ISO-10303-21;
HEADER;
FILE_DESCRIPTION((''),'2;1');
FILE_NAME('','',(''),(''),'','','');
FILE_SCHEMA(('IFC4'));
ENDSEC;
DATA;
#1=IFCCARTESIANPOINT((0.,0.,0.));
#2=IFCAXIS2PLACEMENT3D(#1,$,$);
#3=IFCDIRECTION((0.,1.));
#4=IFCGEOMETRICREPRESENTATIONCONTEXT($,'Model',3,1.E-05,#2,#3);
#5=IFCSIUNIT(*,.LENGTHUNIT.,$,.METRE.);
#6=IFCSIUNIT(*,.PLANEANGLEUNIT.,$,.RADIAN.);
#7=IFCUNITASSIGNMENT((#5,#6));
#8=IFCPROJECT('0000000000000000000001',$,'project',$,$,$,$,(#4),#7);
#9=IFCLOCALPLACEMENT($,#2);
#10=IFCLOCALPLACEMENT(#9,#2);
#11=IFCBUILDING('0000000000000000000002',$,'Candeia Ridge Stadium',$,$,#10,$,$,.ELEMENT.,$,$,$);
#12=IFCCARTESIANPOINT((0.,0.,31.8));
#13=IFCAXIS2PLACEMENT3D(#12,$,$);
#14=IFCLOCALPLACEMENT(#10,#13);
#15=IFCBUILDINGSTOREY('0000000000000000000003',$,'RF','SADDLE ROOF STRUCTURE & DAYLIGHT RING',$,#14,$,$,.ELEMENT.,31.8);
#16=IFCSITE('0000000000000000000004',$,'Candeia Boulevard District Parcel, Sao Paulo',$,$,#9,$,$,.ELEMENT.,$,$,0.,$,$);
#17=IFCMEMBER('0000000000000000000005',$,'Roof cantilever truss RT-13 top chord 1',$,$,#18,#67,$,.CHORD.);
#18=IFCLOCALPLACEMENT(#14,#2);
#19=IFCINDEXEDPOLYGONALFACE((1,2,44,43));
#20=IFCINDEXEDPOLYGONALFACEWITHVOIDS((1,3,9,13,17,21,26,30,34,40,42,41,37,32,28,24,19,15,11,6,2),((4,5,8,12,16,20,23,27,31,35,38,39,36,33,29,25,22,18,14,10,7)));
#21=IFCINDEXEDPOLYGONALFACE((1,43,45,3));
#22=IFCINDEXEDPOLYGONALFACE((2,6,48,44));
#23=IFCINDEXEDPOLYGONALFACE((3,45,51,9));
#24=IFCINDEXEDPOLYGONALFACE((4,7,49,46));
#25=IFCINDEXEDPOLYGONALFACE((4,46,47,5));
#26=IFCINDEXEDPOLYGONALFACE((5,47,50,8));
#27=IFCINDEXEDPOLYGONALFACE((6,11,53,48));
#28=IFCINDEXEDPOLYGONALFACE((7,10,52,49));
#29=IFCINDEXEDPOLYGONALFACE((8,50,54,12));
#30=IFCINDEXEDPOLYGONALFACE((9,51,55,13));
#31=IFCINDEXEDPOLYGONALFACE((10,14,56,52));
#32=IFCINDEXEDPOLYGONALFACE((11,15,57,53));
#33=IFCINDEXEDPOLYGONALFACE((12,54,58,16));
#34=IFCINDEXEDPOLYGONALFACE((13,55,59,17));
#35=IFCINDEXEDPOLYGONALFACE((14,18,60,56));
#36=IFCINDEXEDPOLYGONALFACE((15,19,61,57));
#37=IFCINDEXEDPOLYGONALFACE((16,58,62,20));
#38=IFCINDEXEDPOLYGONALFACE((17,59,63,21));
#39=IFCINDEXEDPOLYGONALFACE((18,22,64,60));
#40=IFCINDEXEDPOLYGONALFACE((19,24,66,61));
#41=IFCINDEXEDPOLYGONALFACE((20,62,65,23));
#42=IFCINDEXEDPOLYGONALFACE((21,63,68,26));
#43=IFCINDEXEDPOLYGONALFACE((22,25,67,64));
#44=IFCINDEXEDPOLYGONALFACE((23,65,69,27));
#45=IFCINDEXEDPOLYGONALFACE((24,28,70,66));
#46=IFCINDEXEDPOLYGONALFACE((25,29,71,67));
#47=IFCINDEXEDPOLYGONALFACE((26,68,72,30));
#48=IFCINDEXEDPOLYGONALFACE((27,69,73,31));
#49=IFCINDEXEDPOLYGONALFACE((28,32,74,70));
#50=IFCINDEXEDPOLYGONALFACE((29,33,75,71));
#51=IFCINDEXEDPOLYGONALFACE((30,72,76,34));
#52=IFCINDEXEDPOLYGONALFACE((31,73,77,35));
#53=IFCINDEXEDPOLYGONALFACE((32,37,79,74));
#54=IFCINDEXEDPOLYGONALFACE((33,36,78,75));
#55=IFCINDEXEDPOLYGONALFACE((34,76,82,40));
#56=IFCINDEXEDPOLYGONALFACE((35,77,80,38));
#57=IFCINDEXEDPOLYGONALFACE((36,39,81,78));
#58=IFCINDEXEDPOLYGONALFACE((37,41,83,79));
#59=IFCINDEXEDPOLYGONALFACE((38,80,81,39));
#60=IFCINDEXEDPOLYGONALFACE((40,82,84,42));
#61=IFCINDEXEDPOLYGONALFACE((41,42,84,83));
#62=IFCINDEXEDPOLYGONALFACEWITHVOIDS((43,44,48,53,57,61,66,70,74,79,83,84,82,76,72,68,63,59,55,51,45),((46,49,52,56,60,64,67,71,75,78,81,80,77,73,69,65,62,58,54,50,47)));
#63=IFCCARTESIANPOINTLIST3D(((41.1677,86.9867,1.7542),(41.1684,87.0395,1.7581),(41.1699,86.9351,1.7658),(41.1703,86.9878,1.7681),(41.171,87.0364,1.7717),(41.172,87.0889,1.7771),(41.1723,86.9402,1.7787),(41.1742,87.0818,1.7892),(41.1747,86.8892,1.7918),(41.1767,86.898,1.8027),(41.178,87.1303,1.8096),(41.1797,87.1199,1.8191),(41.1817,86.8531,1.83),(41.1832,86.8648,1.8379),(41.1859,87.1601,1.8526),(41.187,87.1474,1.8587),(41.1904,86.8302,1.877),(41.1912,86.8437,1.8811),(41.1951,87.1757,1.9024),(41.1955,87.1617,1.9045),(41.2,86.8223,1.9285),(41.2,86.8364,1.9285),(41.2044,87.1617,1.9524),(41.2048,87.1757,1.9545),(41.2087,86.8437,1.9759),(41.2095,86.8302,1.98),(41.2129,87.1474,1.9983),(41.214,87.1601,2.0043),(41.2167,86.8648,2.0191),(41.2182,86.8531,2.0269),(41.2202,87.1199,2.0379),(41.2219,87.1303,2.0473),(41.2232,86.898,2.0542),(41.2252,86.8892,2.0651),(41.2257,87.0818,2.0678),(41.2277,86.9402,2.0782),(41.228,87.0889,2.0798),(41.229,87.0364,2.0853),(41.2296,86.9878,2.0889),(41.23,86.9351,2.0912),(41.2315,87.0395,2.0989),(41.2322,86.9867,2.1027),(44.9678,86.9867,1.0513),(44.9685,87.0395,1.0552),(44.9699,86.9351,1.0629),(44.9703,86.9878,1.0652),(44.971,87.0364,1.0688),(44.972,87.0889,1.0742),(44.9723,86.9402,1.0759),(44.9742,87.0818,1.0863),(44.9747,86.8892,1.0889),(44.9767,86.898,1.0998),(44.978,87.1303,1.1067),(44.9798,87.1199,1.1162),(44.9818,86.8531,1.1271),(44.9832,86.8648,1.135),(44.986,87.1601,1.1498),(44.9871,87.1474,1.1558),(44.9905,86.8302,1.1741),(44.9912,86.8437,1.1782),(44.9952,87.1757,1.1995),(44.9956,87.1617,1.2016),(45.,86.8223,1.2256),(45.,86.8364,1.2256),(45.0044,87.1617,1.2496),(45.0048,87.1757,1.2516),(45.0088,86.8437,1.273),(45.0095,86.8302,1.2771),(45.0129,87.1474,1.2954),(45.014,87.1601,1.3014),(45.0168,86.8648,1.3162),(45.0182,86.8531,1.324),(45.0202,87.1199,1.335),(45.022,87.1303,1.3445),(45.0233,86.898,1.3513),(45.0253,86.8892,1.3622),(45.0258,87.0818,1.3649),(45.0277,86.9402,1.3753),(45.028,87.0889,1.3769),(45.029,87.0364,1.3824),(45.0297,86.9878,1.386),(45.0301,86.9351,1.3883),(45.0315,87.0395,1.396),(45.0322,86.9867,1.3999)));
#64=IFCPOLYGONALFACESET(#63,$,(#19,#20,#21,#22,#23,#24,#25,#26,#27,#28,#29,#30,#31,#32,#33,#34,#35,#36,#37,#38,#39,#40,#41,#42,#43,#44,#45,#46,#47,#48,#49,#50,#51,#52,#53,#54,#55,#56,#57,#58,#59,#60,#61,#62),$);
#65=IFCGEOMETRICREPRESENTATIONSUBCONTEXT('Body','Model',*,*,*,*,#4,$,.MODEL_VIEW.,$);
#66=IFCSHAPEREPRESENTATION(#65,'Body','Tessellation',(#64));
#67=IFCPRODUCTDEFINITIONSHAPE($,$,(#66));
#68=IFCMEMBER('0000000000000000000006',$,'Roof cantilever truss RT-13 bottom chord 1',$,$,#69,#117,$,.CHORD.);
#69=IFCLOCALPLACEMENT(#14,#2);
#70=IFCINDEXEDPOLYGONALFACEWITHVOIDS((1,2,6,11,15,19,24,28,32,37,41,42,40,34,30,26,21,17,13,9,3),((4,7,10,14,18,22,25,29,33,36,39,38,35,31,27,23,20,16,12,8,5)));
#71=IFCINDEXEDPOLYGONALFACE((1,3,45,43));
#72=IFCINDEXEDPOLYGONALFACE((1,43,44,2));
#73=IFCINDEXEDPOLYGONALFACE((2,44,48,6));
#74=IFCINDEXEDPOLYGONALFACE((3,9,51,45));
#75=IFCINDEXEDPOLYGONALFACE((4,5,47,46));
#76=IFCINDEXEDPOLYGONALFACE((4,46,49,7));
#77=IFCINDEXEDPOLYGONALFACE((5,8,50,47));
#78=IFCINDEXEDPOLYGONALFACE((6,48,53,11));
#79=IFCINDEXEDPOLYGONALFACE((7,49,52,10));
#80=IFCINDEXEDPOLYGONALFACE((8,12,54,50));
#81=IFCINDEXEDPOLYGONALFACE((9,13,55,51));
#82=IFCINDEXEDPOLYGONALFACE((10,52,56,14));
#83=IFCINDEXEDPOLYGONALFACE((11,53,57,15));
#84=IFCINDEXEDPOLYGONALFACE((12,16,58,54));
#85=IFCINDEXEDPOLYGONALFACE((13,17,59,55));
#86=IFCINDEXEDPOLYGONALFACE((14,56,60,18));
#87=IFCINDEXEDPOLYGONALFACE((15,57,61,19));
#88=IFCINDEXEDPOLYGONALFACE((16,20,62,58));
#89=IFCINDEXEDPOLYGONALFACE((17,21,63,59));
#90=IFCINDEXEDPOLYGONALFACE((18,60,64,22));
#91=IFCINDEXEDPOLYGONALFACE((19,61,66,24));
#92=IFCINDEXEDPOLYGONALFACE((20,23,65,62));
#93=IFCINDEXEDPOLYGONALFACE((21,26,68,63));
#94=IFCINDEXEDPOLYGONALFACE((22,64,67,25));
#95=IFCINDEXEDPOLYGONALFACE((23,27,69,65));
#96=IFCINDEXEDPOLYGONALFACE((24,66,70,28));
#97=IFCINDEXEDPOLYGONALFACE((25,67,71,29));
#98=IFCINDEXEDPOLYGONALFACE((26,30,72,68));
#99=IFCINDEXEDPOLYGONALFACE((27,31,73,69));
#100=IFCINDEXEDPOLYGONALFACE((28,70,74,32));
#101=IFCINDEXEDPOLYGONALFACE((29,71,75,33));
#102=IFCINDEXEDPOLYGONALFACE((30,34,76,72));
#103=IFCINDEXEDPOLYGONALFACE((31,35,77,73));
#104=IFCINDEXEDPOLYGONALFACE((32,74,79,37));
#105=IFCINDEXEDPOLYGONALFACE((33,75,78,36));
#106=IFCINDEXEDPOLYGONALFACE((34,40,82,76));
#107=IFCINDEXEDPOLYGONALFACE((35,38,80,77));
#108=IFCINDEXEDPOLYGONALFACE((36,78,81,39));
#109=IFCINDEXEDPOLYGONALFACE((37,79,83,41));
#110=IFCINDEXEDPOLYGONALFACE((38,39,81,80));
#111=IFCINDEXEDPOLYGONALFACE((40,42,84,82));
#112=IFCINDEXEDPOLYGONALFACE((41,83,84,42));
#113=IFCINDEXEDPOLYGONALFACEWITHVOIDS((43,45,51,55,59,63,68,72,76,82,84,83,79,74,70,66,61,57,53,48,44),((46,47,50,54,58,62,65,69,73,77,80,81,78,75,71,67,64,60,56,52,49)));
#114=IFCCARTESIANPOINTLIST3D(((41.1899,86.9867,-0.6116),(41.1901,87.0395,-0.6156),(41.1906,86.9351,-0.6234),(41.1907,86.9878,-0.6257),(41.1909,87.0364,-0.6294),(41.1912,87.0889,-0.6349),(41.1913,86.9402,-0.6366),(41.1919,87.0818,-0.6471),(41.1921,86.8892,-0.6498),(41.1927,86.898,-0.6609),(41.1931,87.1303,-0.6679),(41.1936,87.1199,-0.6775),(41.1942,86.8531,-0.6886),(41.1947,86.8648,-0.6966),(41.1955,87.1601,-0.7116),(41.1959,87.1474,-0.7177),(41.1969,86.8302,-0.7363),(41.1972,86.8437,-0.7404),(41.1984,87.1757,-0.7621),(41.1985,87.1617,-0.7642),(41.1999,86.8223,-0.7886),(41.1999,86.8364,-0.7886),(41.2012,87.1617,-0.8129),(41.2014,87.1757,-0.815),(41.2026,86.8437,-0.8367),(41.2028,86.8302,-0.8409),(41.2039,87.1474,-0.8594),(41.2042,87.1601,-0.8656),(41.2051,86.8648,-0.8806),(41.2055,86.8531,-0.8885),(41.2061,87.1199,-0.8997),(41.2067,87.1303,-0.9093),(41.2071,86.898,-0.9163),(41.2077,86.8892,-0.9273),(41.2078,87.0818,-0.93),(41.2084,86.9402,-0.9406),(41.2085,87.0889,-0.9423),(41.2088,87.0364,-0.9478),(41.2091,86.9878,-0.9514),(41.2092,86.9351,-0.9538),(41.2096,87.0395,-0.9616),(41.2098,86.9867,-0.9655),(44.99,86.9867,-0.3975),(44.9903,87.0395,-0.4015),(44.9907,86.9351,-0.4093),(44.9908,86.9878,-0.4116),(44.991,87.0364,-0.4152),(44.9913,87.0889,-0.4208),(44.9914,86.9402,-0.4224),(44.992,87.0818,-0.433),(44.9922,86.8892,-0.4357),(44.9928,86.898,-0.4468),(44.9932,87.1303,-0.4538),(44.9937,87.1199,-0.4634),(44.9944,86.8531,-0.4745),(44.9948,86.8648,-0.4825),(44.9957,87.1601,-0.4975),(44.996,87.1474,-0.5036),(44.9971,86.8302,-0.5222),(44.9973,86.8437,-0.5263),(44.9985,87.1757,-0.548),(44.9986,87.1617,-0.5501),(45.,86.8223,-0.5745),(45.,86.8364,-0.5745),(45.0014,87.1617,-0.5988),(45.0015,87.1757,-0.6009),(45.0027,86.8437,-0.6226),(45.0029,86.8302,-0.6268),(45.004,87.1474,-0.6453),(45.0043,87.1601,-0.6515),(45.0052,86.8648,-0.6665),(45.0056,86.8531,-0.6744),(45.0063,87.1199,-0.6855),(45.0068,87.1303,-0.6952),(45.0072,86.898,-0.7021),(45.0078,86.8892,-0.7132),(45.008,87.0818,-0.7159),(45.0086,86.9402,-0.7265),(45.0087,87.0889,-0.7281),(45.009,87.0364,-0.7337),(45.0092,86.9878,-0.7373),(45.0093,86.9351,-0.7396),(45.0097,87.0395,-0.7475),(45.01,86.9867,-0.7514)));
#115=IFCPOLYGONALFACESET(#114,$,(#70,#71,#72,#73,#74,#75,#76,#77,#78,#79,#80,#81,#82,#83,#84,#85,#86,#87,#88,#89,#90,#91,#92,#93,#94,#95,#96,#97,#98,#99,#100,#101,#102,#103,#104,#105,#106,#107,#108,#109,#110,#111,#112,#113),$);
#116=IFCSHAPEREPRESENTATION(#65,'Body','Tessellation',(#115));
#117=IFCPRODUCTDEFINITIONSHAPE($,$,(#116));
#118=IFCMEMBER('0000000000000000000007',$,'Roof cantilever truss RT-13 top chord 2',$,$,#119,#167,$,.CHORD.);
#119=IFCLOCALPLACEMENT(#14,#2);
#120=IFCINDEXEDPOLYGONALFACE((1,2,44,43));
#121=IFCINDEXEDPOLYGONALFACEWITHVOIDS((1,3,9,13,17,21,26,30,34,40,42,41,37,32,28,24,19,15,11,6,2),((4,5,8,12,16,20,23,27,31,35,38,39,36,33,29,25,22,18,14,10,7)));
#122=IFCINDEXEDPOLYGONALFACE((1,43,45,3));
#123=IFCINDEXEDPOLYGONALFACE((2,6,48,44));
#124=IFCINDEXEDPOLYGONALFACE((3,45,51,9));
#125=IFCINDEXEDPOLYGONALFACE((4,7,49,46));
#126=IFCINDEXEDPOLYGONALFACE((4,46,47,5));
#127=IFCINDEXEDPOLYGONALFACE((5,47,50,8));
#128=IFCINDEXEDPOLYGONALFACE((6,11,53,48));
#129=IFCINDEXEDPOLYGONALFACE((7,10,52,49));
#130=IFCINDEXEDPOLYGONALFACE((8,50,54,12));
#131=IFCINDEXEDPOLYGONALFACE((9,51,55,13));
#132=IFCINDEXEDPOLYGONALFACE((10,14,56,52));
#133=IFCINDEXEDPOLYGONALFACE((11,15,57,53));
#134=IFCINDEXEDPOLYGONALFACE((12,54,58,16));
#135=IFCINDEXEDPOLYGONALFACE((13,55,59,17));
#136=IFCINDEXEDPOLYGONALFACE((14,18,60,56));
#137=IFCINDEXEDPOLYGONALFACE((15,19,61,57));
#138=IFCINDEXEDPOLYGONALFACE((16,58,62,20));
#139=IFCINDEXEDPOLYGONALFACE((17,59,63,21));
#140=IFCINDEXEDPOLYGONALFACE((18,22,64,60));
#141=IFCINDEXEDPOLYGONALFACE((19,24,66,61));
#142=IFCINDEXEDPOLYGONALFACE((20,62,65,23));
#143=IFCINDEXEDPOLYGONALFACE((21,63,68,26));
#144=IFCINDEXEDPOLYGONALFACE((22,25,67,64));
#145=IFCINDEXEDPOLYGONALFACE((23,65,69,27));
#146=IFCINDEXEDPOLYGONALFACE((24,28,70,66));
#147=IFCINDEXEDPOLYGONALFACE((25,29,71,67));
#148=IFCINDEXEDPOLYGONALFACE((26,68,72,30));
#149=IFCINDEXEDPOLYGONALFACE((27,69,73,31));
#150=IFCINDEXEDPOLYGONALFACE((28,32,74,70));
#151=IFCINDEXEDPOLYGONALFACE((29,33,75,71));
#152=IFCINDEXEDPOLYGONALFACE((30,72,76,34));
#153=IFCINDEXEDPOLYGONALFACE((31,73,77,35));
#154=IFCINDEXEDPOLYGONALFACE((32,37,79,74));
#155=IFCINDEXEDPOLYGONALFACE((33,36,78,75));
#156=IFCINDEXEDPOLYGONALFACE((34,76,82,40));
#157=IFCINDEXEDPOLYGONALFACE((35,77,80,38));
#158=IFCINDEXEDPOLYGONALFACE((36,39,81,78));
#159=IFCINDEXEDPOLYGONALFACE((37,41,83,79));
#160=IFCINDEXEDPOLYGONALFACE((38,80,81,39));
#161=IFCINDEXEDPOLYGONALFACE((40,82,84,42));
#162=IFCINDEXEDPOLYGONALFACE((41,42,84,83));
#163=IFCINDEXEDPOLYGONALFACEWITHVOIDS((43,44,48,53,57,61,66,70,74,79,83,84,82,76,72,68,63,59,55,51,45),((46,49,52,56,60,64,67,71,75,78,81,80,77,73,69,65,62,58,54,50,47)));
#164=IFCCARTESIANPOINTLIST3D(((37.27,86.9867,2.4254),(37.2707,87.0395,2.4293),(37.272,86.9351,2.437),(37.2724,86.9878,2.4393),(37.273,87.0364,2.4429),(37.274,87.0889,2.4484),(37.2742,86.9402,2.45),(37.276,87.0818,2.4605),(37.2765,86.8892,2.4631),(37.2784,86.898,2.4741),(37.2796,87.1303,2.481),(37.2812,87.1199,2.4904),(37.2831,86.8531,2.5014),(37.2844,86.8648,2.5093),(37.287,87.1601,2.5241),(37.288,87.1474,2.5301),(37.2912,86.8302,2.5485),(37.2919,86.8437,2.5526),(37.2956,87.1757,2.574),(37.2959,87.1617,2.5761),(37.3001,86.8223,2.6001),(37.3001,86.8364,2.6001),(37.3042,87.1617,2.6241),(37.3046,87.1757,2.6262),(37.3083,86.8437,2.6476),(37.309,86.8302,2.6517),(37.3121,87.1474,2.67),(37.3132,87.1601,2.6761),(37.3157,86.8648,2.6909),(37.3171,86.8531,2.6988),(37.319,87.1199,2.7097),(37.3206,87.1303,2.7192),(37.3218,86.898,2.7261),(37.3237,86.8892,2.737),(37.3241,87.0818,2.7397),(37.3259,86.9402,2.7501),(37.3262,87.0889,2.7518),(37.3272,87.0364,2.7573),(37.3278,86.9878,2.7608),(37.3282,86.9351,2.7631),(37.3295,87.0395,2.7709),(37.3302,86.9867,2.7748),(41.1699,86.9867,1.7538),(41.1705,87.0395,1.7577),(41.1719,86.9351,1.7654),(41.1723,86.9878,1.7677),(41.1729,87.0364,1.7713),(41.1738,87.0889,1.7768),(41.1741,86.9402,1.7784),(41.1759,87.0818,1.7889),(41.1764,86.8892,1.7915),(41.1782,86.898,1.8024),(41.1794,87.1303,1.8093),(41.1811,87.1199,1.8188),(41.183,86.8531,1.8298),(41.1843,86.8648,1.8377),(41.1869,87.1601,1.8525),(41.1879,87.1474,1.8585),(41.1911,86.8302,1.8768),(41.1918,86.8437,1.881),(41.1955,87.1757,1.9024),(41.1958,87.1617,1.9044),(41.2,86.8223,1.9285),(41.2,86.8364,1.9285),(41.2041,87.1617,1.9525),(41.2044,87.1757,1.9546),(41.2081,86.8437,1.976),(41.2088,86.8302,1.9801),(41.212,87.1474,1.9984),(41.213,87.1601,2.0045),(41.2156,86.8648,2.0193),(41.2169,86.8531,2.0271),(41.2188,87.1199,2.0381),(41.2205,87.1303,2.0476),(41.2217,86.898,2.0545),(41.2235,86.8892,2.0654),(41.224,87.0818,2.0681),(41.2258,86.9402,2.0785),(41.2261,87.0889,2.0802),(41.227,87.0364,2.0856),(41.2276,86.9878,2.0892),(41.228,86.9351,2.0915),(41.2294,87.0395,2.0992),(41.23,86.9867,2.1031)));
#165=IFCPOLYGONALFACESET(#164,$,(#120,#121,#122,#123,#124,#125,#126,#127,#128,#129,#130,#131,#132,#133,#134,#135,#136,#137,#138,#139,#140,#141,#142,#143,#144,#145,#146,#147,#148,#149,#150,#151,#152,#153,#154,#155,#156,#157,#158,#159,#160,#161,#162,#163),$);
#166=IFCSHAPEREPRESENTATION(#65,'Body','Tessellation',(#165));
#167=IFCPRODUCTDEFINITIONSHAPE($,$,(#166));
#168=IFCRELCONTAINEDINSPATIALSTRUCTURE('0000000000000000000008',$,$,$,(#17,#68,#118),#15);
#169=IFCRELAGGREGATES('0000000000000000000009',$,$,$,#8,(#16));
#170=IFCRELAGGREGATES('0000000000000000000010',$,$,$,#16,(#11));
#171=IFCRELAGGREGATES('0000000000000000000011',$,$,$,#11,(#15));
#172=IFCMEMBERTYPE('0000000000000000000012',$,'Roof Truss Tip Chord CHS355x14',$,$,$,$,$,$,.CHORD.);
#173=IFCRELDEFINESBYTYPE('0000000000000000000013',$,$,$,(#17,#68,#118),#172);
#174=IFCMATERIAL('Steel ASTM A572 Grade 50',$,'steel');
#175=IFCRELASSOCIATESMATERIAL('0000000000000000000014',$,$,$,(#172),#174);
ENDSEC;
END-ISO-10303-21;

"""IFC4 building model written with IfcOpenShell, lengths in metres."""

from ifc_helpers import new_model, si_unit, direction, frame, origin, origin_2d, place, context, subcontext, project, spatial, hollow_circle, extrude, material, material_profile, profile_set, type_object, element, save


model = new_model("IFC4")

# Units and contexts
model_context = context("Model", 3, precision=1e-05, world=origin(), true_north=direction((0.0, 1.0)))
body_context = subcontext(model_context, "Body", "Model", "MODEL_VIEW")
ifc_project = project(units=[si_unit("LENGTHUNIT", "METRE"), si_unit("PLANEANGLEUNIT", "RADIAN")], contexts=[model_context])

# Site, building, storey
site_placement = place(None, origin())
site = spatial("IfcSite", under=ifc_project, at=site_placement, Name="Candeia Boulevard District Parcel, Sao Paulo", CompositionType="ELEMENT", RefElevation=0.0)
building_placement = place(site_placement, origin())
building = spatial("IfcBuilding", under=site, at=building_placement, Name="Candeia Ridge Stadium", CompositionType="ELEMENT")
storey_placement = place(building_placement, frame((0.0, 0.0, 31.8)))
storey = spatial("IfcBuildingStorey", under=building, at=storey_placement, Name="RF", Description="SADDLE ROOF STRUCTURE & DAYLIGHT RING", CompositionType="ELEMENT", Elevation=31.8)

# Shared definitions
ifc_material_1 = material(Name="Steel ASTM A572 Grade 50", Category="steel")

# Members
ifc_material_profile_1 = material_profile(ifc_material_1, hollow_circle(Radius=0.1777, WallThickness=0.0142, at=origin_2d()), Name="CHS355x14", Category="steel")
ifc_profile_set_1 = profile_set([ifc_material_profile_1], Name="Steel ASTM A572 Grade 50")
member_type_1 = type_object("IfcMemberType", Name="Roof Truss Tip Chord CHS355x14", PredefinedType="CHORD", material=ifc_profile_set_1)
member_1_placement = place(storey_placement, frame((45.0, 87.0, 1.2256), z_axis=(-0.983321, 0.0, 0.181881), x_axis=(0.0, -1.0, 0.0)))
element("IfcMember", 1, at=member_1_placement, inside=storey, type_object=member_type_1, Name="Roof cantilever truss RT-13 top chord 1", PredefinedType="CHORD", context=body_context, shape_type="SweptSolid", body=[
    extrude(hollow_circle(Radius=0.1777, WallThickness=0.0142, at=origin_2d()), origin(), (0.0, 0.0, 1.0), 3.8645),
])
member_2_placement = place(storey_placement, frame((45.0, 87.0, -0.5745), z_axis=(-0.998416, 0.0, -0.056255), x_axis=(0.0, -1.0, 0.0)))
element("IfcMember", 2, at=member_2_placement, inside=storey, type_object=member_type_1, Name="Roof cantilever truss RT-13 bottom chord 1", PredefinedType="CHORD", context=body_context, shape_type="SweptSolid", body=[
    extrude(hollow_circle(Radius=0.1777, WallThickness=0.0142, at=origin_2d()), origin(), (0.0, 0.0, 1.0), 3.8062),
])
member_3_placement = place(storey_placement, frame((41.2, 87.0, 1.9285), z_axis=(-0.985493, 0.0, 0.169719), x_axis=(0.0, -1.0, 0.0)))
element("IfcMember", 3, at=member_3_placement, inside=storey, type_object=member_type_1, Name="Roof cantilever truss RT-13 top chord 2", PredefinedType="CHORD", context=body_context, shape_type="SweptSolid", body=[
    extrude(hollow_circle(Radius=0.1777, WallThickness=0.0142, at=origin_2d()), origin(), (0.0, 0.0, 1.0), 3.9573),
])

save(model, "model.ifc")
